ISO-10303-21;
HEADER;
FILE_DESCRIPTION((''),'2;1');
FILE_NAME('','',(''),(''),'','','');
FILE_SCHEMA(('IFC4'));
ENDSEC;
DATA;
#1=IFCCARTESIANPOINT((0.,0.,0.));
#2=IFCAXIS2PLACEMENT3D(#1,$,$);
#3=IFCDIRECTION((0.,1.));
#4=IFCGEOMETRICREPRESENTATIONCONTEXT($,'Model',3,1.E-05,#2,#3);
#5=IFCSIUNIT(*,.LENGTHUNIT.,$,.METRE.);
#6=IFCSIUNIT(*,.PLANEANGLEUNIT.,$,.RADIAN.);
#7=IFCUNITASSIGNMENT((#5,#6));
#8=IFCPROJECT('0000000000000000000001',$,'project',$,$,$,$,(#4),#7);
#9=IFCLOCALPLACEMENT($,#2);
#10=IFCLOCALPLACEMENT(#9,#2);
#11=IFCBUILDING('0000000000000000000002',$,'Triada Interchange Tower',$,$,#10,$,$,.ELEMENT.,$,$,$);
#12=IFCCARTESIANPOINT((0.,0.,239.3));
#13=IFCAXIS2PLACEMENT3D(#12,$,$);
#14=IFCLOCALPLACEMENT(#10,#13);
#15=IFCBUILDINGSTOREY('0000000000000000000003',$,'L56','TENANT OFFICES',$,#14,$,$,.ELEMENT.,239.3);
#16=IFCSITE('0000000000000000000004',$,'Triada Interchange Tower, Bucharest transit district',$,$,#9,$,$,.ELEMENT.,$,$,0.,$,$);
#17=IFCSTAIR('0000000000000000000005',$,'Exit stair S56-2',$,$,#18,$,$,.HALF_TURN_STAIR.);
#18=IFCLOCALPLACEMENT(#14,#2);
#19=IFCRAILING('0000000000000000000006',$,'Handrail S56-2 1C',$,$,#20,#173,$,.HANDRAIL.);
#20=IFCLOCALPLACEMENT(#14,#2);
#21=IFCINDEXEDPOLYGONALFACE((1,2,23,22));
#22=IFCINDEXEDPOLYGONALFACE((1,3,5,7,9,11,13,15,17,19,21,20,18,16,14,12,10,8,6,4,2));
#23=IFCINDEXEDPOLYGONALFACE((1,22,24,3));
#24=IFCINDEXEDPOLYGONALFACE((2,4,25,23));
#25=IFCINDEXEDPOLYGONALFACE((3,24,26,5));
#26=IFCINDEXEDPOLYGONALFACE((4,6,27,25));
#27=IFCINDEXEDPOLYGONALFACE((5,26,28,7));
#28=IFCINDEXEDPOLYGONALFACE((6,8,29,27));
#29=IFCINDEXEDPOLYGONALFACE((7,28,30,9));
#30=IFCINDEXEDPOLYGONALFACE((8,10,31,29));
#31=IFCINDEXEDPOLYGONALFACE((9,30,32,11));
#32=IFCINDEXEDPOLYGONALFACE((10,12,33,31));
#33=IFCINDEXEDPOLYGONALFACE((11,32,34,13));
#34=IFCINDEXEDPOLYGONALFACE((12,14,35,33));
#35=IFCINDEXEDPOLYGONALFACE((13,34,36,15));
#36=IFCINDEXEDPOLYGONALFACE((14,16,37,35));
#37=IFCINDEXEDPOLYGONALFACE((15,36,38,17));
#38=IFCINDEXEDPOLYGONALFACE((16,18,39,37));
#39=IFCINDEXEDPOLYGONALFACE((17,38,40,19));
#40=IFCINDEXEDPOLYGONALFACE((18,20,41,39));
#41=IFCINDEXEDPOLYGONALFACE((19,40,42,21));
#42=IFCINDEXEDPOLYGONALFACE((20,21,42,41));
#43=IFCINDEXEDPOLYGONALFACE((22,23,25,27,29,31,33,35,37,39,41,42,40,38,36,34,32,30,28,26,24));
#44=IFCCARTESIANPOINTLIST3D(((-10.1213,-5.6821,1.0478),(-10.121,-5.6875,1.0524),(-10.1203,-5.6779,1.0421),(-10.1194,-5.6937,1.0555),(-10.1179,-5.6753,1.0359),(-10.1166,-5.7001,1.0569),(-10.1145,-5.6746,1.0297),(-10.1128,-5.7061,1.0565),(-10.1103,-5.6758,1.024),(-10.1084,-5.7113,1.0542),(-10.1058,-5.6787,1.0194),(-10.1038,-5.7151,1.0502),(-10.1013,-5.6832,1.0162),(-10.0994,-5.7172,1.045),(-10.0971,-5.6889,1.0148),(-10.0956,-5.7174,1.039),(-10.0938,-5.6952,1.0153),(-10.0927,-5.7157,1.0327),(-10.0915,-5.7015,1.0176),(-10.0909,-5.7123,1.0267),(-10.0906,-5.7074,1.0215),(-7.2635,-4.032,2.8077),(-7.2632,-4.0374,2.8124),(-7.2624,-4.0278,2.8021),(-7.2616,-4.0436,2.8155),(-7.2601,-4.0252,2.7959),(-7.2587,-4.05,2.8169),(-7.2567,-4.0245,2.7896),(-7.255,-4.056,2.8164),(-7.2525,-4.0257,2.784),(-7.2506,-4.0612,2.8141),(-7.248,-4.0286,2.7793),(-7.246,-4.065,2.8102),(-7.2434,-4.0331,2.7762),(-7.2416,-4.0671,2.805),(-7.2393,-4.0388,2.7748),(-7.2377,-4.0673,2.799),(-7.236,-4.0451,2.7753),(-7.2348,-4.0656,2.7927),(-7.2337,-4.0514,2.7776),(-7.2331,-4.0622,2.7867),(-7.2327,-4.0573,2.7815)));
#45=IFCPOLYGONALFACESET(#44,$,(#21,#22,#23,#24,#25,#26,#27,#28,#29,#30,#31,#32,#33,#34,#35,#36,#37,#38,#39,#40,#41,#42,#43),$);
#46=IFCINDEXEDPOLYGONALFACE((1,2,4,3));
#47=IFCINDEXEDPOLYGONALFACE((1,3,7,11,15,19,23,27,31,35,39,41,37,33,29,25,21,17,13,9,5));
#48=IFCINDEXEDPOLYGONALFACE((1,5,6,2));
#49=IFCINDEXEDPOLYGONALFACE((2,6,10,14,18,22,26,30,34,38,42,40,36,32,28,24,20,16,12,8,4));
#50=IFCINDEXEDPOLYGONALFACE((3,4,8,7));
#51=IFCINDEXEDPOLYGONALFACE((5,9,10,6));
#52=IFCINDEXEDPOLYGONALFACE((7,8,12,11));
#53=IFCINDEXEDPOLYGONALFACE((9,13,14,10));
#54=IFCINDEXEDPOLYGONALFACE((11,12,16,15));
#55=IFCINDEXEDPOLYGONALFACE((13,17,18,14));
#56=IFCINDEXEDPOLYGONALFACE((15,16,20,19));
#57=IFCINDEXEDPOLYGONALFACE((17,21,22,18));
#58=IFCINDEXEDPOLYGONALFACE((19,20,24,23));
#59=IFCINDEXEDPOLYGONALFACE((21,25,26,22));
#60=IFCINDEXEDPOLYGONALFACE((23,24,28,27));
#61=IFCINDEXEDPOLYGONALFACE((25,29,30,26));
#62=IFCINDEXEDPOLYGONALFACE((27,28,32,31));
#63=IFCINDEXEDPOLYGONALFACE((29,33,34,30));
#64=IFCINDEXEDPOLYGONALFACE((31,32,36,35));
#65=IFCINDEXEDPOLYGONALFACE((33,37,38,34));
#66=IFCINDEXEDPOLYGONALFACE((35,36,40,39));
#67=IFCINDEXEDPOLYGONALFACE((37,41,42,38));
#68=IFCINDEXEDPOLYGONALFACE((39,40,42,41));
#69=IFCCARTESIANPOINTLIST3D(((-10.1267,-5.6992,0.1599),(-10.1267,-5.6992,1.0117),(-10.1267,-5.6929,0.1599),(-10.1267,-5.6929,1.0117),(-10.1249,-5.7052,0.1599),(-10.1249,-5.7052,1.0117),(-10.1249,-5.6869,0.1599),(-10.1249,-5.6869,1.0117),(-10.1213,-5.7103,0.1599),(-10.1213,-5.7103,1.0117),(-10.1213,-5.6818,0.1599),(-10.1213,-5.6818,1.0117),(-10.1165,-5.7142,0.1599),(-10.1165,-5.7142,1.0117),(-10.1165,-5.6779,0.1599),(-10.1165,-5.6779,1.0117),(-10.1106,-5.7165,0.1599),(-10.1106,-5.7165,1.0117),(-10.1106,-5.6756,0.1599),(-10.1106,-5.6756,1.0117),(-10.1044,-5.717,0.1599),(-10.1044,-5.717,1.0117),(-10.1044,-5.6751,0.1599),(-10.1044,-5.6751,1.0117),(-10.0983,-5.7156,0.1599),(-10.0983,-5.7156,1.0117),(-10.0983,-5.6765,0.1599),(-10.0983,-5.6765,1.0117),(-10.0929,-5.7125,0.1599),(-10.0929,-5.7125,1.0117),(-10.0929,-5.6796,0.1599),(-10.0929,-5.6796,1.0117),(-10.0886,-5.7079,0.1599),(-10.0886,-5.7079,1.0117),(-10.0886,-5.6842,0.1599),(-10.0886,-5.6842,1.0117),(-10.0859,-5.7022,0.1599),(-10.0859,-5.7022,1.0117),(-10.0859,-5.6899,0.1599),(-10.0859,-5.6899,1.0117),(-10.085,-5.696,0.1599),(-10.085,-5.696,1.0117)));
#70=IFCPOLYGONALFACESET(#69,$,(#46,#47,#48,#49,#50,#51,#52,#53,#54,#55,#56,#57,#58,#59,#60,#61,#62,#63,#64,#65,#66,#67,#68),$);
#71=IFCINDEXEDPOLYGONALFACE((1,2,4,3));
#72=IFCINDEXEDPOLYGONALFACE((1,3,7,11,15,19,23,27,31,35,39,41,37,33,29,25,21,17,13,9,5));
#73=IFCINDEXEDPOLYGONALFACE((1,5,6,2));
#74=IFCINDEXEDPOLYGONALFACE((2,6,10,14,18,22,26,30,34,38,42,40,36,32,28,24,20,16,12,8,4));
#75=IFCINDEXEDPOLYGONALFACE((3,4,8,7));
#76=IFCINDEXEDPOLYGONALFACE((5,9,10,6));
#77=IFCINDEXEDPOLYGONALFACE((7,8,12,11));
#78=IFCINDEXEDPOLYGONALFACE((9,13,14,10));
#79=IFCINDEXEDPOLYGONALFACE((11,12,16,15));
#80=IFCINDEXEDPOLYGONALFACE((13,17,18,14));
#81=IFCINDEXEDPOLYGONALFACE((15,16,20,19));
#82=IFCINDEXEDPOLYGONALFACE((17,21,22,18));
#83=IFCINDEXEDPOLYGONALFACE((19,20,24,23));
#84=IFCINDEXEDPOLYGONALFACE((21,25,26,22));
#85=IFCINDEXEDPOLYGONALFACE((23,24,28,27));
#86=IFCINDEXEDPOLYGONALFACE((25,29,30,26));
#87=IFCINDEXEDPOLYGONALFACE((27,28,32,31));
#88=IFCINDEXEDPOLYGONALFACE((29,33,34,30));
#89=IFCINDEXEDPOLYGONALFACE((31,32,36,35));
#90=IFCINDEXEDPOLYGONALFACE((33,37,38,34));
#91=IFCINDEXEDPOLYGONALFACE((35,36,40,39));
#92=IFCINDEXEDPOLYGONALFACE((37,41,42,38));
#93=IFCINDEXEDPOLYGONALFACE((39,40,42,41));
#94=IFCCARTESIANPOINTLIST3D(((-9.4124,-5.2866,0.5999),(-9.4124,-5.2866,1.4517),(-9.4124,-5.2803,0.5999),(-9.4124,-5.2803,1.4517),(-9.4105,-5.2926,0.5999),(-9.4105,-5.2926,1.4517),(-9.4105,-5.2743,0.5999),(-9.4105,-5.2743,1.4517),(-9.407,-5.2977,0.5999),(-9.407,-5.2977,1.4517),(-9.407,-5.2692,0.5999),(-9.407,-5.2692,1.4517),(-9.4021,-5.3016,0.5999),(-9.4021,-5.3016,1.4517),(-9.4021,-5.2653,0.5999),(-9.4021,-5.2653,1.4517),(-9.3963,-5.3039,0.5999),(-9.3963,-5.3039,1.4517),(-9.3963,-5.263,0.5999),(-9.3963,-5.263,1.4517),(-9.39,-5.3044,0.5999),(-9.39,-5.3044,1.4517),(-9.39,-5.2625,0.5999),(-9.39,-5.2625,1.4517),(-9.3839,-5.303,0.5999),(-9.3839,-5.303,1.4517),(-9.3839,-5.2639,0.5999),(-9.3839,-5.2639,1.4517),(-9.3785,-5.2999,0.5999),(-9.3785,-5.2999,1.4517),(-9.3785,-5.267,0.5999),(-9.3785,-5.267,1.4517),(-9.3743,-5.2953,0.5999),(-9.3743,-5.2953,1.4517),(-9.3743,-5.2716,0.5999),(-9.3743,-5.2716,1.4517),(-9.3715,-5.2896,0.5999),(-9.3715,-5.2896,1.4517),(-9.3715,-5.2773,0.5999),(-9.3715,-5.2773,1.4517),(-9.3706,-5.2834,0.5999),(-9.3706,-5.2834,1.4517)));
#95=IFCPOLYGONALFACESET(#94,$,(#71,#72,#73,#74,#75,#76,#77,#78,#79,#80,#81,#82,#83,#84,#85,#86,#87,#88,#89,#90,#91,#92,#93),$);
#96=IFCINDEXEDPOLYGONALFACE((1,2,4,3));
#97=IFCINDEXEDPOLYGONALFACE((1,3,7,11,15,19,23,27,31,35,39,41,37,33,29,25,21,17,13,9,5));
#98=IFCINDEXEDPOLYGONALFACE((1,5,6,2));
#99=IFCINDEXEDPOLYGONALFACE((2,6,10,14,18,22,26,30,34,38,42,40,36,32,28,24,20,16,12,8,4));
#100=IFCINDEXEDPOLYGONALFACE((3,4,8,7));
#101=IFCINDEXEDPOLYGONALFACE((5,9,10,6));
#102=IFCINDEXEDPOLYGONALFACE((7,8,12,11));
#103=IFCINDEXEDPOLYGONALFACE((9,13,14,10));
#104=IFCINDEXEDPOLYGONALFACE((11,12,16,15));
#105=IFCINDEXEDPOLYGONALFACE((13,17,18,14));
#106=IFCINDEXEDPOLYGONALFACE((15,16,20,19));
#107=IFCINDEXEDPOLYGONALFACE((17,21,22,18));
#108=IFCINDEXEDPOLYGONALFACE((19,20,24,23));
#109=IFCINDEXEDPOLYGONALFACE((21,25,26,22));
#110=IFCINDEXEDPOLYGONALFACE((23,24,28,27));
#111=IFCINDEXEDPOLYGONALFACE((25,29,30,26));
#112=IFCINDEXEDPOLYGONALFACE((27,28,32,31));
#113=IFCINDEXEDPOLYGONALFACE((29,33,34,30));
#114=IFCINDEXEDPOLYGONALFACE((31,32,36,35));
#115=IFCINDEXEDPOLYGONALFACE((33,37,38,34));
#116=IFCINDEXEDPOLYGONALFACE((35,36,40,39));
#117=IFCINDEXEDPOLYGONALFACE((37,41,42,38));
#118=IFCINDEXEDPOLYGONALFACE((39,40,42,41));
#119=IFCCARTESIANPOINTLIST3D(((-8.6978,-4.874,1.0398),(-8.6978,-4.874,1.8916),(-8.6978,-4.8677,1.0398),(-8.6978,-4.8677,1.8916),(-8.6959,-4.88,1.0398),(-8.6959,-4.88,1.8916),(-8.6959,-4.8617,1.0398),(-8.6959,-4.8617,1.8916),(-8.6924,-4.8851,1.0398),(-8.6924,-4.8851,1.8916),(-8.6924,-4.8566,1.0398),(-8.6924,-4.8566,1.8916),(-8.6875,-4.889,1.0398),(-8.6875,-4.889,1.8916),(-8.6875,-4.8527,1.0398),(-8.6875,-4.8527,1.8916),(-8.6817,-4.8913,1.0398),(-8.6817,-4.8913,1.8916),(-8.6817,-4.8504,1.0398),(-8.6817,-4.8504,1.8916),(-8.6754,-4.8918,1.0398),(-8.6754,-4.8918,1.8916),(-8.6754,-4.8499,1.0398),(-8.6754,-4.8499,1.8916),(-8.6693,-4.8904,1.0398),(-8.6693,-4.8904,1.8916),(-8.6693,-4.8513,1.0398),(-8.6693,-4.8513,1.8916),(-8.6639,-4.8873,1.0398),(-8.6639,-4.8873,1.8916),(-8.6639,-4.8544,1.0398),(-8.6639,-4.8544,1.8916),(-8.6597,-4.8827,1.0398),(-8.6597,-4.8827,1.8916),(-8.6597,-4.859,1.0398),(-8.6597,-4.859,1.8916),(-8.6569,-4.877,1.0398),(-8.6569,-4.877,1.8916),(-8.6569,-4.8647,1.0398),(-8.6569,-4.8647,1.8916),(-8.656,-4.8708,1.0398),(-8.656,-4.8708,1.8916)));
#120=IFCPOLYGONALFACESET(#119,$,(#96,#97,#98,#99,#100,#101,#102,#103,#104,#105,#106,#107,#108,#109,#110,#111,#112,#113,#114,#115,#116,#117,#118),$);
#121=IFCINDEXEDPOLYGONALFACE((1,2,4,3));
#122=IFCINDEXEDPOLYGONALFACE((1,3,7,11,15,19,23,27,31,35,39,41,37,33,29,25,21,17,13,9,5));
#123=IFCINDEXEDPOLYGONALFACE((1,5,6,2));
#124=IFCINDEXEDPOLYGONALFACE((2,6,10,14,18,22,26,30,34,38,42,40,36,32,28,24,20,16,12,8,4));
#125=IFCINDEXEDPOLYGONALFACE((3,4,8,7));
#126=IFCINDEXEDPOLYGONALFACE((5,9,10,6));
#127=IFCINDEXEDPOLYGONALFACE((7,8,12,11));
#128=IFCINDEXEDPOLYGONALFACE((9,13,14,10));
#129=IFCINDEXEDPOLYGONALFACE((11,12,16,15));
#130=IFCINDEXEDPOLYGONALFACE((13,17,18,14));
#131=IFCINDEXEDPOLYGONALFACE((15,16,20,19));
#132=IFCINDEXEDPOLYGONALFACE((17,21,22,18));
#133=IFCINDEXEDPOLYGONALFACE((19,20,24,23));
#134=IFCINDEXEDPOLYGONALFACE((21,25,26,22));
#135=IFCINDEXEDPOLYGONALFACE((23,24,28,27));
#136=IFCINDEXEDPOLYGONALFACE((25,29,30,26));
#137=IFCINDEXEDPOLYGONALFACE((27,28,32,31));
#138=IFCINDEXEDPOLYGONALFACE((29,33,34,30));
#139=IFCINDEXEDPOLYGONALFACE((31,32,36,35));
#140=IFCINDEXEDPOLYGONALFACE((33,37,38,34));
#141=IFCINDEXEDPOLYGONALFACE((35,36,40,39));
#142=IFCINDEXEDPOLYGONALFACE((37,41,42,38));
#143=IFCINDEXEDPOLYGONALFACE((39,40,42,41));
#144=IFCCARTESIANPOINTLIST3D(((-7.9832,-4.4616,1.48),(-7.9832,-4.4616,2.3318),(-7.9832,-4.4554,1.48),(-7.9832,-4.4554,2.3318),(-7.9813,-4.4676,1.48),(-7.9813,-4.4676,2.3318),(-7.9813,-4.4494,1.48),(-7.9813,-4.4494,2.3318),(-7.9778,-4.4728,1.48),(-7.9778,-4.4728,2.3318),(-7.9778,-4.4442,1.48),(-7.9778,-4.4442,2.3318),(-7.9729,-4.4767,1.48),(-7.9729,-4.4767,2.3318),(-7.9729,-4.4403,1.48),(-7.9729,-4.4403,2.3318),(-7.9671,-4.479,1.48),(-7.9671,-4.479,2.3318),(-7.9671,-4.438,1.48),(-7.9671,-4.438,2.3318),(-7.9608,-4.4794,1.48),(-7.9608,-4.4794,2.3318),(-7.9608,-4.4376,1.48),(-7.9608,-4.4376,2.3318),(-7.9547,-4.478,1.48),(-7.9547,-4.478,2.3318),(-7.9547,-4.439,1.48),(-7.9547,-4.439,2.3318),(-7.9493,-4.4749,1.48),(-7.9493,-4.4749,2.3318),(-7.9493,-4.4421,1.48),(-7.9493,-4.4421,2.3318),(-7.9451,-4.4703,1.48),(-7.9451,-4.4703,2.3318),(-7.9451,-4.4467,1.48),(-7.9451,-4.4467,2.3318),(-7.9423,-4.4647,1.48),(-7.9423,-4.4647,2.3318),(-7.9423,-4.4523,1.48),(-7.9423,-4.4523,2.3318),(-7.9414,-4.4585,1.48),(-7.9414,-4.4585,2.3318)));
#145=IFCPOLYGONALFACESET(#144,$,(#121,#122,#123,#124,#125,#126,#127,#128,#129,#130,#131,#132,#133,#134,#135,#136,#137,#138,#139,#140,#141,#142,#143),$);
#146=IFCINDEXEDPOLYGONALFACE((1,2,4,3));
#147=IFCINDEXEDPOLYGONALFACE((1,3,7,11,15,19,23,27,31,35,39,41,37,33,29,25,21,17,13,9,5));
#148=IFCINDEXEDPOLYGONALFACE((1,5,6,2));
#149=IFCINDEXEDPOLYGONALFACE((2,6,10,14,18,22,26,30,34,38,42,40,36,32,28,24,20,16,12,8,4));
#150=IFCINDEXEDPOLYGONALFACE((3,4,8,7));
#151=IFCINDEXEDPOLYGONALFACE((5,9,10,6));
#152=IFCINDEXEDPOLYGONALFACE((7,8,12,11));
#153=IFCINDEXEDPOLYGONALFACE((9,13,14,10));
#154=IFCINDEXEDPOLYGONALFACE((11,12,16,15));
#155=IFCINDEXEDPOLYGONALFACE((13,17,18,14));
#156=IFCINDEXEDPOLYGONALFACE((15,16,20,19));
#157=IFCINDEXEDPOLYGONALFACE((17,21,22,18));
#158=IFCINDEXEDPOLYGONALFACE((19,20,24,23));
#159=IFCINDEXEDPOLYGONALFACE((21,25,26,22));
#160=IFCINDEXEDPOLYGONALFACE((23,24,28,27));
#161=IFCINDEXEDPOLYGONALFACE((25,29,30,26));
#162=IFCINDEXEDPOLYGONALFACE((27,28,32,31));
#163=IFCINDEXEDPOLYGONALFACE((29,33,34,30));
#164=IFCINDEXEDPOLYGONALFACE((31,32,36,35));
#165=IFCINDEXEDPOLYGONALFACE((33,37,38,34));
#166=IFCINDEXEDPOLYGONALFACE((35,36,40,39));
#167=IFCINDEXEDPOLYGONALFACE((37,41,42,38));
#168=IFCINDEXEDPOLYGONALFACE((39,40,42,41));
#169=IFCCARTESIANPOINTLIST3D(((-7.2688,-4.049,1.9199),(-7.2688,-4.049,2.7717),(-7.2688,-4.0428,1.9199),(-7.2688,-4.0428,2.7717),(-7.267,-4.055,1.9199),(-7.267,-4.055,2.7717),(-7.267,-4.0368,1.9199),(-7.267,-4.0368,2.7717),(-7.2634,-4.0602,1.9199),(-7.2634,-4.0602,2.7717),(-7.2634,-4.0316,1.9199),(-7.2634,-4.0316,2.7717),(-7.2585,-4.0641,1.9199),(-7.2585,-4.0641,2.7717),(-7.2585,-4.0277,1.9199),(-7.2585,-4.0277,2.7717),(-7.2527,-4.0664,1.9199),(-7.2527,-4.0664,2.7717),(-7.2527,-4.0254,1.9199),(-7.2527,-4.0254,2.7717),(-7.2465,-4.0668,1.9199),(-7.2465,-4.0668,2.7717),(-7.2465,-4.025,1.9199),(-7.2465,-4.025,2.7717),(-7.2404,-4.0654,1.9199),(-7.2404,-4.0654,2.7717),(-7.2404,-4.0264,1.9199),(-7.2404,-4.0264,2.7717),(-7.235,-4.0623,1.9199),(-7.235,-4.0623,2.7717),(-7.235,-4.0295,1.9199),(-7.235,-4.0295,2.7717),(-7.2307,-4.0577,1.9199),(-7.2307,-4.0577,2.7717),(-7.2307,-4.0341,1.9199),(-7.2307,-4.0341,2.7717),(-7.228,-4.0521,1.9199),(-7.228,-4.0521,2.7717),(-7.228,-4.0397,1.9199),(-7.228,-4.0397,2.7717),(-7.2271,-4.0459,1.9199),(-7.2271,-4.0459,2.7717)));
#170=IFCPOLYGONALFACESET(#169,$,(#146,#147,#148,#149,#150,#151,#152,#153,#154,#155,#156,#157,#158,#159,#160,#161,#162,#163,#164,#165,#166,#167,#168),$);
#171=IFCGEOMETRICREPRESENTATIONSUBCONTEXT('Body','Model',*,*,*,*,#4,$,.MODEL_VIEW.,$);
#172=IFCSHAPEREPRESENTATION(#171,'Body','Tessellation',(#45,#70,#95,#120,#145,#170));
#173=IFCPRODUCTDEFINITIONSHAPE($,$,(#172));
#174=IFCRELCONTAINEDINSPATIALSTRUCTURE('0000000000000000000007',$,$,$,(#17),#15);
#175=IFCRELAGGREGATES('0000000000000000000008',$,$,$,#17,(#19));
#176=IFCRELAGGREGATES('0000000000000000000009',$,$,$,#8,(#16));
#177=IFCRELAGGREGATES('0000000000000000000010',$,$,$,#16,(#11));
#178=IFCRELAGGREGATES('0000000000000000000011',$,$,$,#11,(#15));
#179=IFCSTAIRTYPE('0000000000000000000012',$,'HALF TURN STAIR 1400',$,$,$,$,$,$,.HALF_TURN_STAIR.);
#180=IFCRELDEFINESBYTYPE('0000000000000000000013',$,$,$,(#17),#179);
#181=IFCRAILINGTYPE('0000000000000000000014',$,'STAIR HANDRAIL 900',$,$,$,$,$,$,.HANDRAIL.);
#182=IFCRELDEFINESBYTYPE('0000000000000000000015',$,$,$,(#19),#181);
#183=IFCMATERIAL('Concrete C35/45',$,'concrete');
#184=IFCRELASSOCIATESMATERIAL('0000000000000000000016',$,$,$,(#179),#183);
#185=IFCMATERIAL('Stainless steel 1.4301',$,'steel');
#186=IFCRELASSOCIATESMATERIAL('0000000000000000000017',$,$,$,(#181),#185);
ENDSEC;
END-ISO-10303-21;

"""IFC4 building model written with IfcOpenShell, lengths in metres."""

from ifc_helpers import new_model, si_unit, direction, frame, origin, origin_2d, place, context, subcontext, project, spatial, circle, extrude, material, type_object, element, aggregate, save


model = new_model("IFC4")

# Units and contexts
model_context = context("Model", 3, precision=1e-05, world=origin(), true_north=direction((0.0, 1.0)))
body_context = subcontext(model_context, "Body", "Model", "MODEL_VIEW")
ifc_project = project(units=[si_unit("LENGTHUNIT", "METRE"), si_unit("PLANEANGLEUNIT", "RADIAN")], contexts=[model_context])

# Site, building, storey
site_placement = place(None, origin())
site = spatial("IfcSite", under=ifc_project, at=site_placement, Name="Triada Interchange Tower, Bucharest transit district", CompositionType="ELEMENT", RefElevation=0.0)
building_placement = place(site_placement, origin())
building = spatial("IfcBuilding", under=site, at=building_placement, Name="Triada Interchange Tower", CompositionType="ELEMENT")
storey_placement = place(building_placement, frame((0.0, 0.0, 239.3)))
storey = spatial("IfcBuildingStorey", under=building, at=storey_placement, Name="L56", Description="TENANT OFFICES", CompositionType="ELEMENT", Elevation=239.3)

# Stair, railing
ifc_material_1 = material(Name="Concrete C35/45", Category="concrete")
stair_type = type_object("IfcStairType", Name="HALF TURN STAIR 1400", PredefinedType="HALF_TURN_STAIR", material=ifc_material_1)
stair_placement = place(storey_placement, origin())
stair = element("IfcStair", 1, at=stair_placement, inside=storey, type_object=stair_type, Name="Exit stair S56-2", PredefinedType="HALF_TURN_STAIR")
ifc_material_2 = material(Name="Stainless steel 1.4301", Category="steel")
railing_type = type_object("IfcRailingType", Name="STAIR HANDRAIL 900", PredefinedType="HANDRAIL", material=ifc_material_2)
railing_1_placement = place(storey_placement, frame((-10.106, -5.696, 0.1599)))
railing_1 = element("IfcRailing", 2, at=railing_1_placement, type_object=railing_type, Name="Handrail S56-2 1C", PredefinedType="HANDRAIL", context=body_context, shape_type="SweptSolid", body=[
    extrude(circle(Radius=0.0239, at=origin_2d()), frame((0.0, 0.0, 0.876), z_axis=(0.764129, 0.441205, 0.47058), x_axis=(-0.50003, 0.866008, 0.0)), (0.0, 0.0, 1.0), 3.74),
    extrude(circle(Radius=0.021, at=origin_2d()), origin(), (0.0, 0.0, 1.0), 0.8518),
    extrude(circle(Radius=0.021, at=origin_2d()), frame((0.7144, 0.4126, 0.4399)), (0.0, 0.0, 1.0), 0.8518),
    extrude(circle(Radius=0.021, at=origin_2d()), frame((1.429, 0.8252, 0.8799)), (0.0, 0.0, 1.0), 0.8518),
    extrude(circle(Radius=0.021, at=origin_2d()), frame((2.1436, 1.2375, 1.3201)), (0.0, 0.0, 1.0), 0.8518),
    extrude(circle(Radius=0.021, at=origin_2d()), frame((2.8579, 1.6501, 1.76)), (0.0, 0.0, 1.0), 0.8518),
])
aggregate(stair, [railing_1])

save(model, "model.ifc")
